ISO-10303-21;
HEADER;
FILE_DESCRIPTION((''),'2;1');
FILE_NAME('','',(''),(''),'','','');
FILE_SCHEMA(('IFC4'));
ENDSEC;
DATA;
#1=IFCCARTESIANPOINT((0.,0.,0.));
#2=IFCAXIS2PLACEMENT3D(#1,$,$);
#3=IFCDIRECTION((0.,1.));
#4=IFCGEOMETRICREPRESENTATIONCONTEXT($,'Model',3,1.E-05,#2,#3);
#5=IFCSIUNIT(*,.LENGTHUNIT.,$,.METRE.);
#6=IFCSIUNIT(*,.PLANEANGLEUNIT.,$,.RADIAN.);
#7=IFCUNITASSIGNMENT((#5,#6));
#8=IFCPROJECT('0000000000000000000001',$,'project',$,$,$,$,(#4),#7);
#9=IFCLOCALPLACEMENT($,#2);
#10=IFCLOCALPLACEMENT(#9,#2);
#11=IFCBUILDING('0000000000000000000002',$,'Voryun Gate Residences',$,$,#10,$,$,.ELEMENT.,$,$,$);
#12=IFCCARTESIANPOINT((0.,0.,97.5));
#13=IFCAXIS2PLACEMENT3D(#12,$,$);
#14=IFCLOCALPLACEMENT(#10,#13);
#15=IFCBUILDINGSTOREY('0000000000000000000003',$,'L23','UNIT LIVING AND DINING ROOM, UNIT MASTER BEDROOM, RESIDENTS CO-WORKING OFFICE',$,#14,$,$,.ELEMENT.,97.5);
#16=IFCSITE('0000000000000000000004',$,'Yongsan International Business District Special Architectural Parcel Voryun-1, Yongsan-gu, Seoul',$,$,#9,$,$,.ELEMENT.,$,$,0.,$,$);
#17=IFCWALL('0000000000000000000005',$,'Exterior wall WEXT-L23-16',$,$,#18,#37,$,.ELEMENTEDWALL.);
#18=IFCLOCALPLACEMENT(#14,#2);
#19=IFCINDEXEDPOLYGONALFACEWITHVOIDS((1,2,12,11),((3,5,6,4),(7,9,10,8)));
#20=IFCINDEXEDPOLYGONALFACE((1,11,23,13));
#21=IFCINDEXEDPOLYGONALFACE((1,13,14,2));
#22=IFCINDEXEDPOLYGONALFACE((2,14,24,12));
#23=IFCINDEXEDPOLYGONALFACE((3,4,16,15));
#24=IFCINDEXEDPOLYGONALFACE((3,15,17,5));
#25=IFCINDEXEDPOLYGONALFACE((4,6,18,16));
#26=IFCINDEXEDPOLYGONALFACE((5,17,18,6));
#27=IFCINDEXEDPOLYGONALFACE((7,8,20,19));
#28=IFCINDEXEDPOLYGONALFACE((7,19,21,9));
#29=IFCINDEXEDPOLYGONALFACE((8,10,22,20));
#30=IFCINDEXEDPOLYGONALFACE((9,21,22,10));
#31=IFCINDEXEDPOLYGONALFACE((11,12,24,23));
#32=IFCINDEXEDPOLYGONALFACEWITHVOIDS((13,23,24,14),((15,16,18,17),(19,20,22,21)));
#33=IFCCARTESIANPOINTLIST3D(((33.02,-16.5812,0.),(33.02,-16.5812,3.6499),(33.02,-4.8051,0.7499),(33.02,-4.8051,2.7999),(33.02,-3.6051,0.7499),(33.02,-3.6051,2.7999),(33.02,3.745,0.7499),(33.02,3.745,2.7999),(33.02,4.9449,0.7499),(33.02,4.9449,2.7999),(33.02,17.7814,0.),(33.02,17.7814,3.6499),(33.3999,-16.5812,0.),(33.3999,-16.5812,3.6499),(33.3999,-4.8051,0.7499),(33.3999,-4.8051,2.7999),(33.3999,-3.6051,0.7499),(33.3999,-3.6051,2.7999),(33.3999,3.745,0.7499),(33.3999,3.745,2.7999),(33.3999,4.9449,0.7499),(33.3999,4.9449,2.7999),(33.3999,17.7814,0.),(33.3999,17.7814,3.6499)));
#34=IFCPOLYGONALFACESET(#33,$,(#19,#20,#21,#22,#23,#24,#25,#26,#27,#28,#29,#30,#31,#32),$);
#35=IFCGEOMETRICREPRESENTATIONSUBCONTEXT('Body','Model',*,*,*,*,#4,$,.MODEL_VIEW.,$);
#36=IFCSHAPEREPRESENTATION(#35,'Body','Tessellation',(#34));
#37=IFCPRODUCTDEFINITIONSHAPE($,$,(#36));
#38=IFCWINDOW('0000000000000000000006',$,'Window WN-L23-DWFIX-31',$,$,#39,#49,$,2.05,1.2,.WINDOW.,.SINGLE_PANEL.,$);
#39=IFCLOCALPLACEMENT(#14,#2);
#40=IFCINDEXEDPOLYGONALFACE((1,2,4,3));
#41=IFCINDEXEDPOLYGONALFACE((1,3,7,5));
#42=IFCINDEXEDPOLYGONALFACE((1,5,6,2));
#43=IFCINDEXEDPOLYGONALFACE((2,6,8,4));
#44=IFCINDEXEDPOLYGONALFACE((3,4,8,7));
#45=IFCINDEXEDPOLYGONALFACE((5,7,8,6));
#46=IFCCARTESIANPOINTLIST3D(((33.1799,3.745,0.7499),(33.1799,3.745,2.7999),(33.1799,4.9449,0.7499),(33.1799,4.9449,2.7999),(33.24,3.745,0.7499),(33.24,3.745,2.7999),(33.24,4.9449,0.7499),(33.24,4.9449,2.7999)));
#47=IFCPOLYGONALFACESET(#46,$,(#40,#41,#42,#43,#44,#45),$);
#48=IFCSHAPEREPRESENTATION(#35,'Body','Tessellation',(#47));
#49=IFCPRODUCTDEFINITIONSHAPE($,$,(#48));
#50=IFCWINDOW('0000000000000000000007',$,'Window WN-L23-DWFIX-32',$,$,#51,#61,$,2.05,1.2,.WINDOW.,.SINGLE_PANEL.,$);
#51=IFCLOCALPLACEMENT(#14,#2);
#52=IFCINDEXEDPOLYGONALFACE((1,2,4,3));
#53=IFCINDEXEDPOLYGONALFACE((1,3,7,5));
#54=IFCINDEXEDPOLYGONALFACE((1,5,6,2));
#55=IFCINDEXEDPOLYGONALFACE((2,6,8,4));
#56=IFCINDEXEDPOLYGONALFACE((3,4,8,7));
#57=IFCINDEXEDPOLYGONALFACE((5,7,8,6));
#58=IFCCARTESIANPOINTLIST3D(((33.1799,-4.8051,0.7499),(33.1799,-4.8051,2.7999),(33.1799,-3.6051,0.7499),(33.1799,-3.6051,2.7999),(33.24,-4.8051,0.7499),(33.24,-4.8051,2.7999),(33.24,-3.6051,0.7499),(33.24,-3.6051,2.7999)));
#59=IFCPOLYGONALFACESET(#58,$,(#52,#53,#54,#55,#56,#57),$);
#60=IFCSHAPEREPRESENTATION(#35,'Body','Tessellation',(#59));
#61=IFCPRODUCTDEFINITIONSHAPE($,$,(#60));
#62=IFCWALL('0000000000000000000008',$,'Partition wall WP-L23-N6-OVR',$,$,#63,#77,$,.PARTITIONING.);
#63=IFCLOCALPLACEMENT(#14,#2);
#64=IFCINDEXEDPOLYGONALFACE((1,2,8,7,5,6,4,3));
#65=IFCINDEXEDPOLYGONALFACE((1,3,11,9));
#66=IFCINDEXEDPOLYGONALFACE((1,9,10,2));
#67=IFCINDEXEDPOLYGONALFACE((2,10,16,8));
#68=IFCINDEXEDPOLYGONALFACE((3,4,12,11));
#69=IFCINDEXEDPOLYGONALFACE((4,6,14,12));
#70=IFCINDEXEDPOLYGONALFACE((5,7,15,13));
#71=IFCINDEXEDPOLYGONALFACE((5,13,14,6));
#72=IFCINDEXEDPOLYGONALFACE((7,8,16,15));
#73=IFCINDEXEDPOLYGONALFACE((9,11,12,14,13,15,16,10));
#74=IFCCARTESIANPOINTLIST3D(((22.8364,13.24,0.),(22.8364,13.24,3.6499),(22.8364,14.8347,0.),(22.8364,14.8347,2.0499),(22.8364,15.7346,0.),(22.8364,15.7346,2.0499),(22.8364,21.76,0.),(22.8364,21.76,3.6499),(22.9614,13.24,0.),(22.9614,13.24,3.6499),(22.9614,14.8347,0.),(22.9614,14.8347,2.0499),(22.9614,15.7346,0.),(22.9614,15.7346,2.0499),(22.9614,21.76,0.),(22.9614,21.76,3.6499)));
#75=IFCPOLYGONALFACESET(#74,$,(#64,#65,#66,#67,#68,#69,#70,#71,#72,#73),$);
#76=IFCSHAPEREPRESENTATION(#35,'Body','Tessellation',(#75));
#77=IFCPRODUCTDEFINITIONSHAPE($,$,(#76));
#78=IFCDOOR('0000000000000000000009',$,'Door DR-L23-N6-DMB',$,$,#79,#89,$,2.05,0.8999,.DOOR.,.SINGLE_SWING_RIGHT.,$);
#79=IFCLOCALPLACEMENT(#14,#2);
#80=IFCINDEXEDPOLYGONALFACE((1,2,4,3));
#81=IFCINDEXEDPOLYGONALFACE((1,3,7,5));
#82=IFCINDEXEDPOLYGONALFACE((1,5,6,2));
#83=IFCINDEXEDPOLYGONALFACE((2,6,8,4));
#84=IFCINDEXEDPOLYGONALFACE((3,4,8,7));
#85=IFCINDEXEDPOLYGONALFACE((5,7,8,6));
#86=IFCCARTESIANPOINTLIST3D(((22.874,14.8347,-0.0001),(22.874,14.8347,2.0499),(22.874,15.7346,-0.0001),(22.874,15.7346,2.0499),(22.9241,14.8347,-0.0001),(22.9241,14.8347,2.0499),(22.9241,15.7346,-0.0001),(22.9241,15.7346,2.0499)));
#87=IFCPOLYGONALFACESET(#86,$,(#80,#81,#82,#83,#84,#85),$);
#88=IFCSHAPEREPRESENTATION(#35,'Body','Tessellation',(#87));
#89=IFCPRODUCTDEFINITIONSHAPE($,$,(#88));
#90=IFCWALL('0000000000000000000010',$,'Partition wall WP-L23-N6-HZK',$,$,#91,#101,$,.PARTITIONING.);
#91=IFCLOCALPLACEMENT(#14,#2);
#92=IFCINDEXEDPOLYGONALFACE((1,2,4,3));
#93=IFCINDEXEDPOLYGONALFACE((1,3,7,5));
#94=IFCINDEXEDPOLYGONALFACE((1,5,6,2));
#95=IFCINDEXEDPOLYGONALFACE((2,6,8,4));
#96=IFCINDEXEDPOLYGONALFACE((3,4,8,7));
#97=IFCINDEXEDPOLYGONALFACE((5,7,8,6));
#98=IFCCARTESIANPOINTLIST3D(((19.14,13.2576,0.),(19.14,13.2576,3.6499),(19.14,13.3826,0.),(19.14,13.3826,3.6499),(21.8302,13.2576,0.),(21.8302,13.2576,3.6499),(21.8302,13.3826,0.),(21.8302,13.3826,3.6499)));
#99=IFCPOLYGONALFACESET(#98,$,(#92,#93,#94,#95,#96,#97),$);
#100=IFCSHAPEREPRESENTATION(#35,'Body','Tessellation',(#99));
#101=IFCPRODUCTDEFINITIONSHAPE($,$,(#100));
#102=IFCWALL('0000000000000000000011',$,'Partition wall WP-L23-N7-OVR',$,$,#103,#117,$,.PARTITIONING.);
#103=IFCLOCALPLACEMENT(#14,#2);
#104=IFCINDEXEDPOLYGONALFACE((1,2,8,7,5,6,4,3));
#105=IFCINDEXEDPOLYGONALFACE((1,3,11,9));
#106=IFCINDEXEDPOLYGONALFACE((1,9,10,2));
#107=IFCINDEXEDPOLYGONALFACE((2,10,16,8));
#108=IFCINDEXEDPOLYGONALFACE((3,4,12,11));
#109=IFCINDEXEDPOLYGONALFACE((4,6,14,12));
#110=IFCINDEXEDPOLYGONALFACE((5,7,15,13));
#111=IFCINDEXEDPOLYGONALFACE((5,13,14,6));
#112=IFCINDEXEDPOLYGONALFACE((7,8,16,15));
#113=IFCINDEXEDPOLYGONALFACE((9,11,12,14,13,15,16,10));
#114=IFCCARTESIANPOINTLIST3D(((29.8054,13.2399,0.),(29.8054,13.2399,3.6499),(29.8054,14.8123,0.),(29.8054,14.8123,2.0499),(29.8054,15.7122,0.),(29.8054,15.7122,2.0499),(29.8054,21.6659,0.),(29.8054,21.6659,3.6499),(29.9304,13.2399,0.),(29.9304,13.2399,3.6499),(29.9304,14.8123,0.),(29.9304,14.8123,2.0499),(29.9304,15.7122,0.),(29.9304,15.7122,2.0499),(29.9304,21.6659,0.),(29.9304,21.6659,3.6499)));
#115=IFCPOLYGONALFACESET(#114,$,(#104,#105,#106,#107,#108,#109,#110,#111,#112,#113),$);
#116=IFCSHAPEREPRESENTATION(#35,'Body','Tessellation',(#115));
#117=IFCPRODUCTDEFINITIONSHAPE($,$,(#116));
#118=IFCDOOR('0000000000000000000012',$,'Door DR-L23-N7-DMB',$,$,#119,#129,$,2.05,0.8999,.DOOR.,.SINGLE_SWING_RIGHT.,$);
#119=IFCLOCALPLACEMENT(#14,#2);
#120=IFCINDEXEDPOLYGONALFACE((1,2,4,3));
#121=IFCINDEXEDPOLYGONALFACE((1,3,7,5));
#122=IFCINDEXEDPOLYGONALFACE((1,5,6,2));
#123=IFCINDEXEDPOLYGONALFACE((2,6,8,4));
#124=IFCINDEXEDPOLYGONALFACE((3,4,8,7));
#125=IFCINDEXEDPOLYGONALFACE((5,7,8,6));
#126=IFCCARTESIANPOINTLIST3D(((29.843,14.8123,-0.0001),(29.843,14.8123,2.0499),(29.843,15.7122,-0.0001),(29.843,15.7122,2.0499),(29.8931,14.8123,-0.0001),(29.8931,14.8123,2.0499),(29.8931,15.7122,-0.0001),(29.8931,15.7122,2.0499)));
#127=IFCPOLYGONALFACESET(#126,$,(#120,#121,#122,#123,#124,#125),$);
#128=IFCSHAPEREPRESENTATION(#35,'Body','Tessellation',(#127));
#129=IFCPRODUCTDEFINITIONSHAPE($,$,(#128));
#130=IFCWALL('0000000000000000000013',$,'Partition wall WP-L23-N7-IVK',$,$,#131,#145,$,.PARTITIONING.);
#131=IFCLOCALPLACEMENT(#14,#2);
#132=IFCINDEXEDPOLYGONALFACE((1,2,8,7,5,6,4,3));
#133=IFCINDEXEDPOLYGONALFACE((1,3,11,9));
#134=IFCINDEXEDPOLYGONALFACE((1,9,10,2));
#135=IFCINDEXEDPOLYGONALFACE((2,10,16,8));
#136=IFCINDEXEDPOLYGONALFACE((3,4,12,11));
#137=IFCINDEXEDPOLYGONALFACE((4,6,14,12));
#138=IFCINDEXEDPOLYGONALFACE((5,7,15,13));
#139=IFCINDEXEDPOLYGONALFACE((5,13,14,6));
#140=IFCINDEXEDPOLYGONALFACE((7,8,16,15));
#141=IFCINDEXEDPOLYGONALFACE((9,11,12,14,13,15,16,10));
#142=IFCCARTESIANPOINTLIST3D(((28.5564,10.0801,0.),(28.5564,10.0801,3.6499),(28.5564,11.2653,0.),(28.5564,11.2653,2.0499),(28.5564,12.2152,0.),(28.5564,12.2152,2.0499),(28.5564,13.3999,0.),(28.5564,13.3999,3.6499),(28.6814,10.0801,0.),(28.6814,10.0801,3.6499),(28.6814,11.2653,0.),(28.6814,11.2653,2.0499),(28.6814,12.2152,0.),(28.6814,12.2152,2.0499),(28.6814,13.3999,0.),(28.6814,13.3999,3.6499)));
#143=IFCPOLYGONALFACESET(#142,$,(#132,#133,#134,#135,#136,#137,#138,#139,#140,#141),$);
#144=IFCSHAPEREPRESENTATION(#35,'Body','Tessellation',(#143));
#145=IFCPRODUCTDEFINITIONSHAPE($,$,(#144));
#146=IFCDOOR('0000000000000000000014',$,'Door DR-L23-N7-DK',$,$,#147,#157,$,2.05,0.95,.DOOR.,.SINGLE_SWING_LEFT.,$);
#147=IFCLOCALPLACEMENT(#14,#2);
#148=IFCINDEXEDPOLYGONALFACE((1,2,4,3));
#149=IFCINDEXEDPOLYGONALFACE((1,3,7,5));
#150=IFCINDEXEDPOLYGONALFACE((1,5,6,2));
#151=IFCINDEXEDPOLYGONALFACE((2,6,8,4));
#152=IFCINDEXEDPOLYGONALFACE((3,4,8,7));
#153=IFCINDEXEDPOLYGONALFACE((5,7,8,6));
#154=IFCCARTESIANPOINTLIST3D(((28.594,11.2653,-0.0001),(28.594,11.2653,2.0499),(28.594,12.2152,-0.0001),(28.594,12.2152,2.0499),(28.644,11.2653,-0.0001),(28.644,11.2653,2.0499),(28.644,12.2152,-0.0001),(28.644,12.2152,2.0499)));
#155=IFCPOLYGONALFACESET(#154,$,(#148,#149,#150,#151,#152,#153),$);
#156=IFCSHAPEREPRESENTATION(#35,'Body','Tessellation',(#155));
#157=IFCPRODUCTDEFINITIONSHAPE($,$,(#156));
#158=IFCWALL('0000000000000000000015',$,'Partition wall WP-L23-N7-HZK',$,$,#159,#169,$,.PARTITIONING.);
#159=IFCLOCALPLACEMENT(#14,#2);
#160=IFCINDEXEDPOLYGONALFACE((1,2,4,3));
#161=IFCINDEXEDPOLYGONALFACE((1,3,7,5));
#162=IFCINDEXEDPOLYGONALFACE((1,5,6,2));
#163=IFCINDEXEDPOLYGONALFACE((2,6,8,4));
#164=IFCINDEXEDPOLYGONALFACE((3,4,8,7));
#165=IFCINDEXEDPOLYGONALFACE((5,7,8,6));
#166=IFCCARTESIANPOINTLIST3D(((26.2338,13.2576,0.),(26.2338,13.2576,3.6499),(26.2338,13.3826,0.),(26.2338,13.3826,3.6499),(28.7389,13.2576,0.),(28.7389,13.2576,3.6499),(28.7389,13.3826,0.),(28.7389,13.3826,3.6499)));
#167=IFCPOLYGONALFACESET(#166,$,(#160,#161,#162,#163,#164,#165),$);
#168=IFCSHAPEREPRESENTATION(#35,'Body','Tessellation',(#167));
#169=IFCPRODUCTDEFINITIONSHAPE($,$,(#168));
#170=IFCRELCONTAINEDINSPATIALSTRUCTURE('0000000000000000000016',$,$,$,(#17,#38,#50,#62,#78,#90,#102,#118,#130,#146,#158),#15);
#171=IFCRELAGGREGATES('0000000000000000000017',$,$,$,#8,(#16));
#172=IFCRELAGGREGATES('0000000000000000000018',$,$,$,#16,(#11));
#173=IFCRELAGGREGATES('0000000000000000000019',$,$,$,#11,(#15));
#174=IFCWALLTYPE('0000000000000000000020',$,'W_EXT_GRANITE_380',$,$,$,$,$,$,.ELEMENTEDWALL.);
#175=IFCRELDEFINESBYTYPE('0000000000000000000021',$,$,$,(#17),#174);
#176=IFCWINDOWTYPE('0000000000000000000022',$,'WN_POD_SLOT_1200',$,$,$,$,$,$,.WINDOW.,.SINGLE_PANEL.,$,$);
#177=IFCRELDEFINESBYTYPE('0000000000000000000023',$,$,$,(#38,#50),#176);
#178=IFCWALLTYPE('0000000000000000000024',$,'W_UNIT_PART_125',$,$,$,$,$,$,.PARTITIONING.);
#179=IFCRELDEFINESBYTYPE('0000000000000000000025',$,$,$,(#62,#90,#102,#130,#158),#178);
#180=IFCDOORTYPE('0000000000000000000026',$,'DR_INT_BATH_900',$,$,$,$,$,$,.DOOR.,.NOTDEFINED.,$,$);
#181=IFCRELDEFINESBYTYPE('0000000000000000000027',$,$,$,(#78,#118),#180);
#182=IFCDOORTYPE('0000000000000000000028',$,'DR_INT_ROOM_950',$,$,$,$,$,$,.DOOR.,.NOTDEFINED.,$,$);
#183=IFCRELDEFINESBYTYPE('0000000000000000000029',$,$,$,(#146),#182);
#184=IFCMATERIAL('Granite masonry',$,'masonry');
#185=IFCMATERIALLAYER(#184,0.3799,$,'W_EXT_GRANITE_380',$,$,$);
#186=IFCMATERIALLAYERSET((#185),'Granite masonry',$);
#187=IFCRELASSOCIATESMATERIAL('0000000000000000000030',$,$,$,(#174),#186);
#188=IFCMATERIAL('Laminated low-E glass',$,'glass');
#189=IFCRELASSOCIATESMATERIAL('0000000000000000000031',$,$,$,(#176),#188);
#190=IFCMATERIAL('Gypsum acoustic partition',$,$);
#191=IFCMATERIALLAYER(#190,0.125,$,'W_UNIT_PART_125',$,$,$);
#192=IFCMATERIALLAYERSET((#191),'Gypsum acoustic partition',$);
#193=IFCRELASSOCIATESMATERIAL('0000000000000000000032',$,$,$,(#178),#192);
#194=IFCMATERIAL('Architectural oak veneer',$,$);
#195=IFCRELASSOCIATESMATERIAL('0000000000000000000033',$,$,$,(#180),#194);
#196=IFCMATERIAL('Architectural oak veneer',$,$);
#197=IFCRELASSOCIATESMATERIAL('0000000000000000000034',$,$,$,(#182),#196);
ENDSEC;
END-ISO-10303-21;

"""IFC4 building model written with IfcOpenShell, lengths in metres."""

from ifc_helpers import new_model, si_unit, direction, frame, frame_2d, origin, place, context, subcontext, project, spatial, rectangle, extrude, material, layer, layer_set, type_object, element, fill, save


model = new_model("IFC4")

# Units and contexts
model_context = context("Model", 3, precision=1e-05, world=origin(), true_north=direction((0.0, 1.0)))
body_context = subcontext(model_context, "Body", "Model", "MODEL_VIEW")
ifc_project = project(units=[si_unit("LENGTHUNIT", "METRE"), si_unit("PLANEANGLEUNIT", "RADIAN")], contexts=[model_context])

# Site, building, storey
site_placement = place(None, origin())
site = spatial("IfcSite", under=ifc_project, at=site_placement, Name="Yongsan International Business District Special Architectural Parcel Voryun-1, Yongsan-gu, Seoul", CompositionType="ELEMENT", RefElevation=0.0)
building_placement = place(site_placement, origin())
building = spatial("IfcBuilding", under=site, at=building_placement, Name="Voryun Gate Residences", CompositionType="ELEMENT")
storey_placement = place(building_placement, frame((0.0, 0.0, 97.5)))
storey = spatial("IfcBuildingStorey", under=building, at=storey_placement, Name="L23", Description="UNIT LIVING AND DINING ROOM, UNIT MASTER BEDROOM, RESIDENTS CO-WORKING OFFICE", CompositionType="ELEMENT", Elevation=97.5)

# Shared definitions
ifc_material_1 = material(Name="Granite masonry", Category="masonry")
ifc_layer_1 = layer(ifc_material_1, 0.3799, Name="W_EXT_GRANITE_380")
ifc_layer_set_1 = layer_set([ifc_layer_1], Name="Granite masonry")
wall_type_1 = type_object("IfcWallType", Name="W_EXT_GRANITE_380", PredefinedType="ELEMENTEDWALL", material=ifc_layer_set_1)

# Wall, openings, windows
wall_1_placement = place(storey_placement, frame((33.21, 17.7812, 0.0), z_axis=(0.0, 0.0, 1.0), x_axis=(0.0, -1.0, 0.0)))
wall_1 = element("IfcWall", 1, at=wall_1_placement, inside=storey, type_object=wall_type_1, Name="Exterior wall WEXT-L23-16", PredefinedType="ELEMENTEDWALL", context=body_context, shape_type="SweptSolid", body=[
    extrude(rectangle(XDim=34.3625, YDim=0.3799, at=frame_2d((17.1812, 0.0))), origin(), (0.0, 0.0, 1.0), 3.6499),
])
opening_1_placement = place(wall_1_placement, frame((12.8362, 0.0, 0.75)))
opening_1 = element("IfcOpeningElement", 2, at=opening_1_placement, cuts=wall_1, PredefinedType="OPENING", context=body_context, shape_type="SweptSolid", body=[
    extrude(rectangle(XDim=1.2, YDim=2.05, at=frame_2d((0.6001, 1.0249))), frame((0.0, 0.2, 0.0), z_axis=(0.0, -1.0, 0.0), x_axis=(1.0, 0.0, 0.0)), (0.0, 0.0, 1.0), 0.3999),
])
opening_2_placement = place(wall_1_placement, frame((21.3862, 0.0, 0.75)))
opening_2 = element("IfcOpeningElement", 3, at=opening_2_placement, cuts=wall_1, PredefinedType="OPENING", context=body_context, shape_type="SweptSolid", body=[
    extrude(rectangle(XDim=1.2, YDim=2.05, at=frame_2d((0.6001, 1.0249))), frame((0.0, 0.2, 0.0), z_axis=(0.0, -1.0, 0.0), x_axis=(1.0, 0.0, 0.0)), (0.0, 0.0, 1.0), 0.3999),
])
ifc_material_2 = material(Name="Laminated low-E glass", Category="glass")
window_type_1 = type_object("IfcWindowType", Name="WN_POD_SLOT_1200", PartitioningType="SINGLE_PANEL", PredefinedType="WINDOW", material=ifc_material_2)
window_1_placement = place(opening_1_placement, origin())
window_1 = element("IfcWindow", 4, at=window_1_placement, inside=storey, type_object=window_type_1, Name="Window WN-L23-DWFIX-31", OverallHeight=2.05, OverallWidth=1.2, PartitioningType="SINGLE_PANEL", PredefinedType="WINDOW", context=body_context, shape_type="SweptSolid", body=[
    extrude(rectangle(XDim=1.2, YDim=2.05, at=frame_2d((0.6001, 1.0249))), frame((0.0, 0.03, 0.0), z_axis=(0.0, -1.0, 0.0), x_axis=(1.0, 0.0, 0.0)), (0.0, 0.0, 1.0), 0.0601),
])
fill(opening_1, window_1)
window_2_placement = place(opening_2_placement, origin())
window_2 = element("IfcWindow", 5, at=window_2_placement, inside=storey, type_object=window_type_1, Name="Window WN-L23-DWFIX-32", OverallHeight=2.05, OverallWidth=1.2, PartitioningType="SINGLE_PANEL", PredefinedType="WINDOW", context=body_context, shape_type="SweptSolid", body=[
    extrude(rectangle(XDim=1.2, YDim=2.05, at=frame_2d((0.6001, 1.0249))), frame((0.0, 0.03, 0.0), z_axis=(0.0, -1.0, 0.0), x_axis=(1.0, 0.0, 0.0)), (0.0, 0.0, 1.0), 0.0601),
])
fill(opening_2, window_2)

# Wall, opening, door
ifc_material_3 = material(Name="Gypsum acoustic partition")
ifc_layer_2 = layer(ifc_material_3, 0.125, Name="W_UNIT_PART_125")
ifc_layer_set_2 = layer_set([ifc_layer_2], Name="Gypsum acoustic partition")
wall_type_2 = type_object("IfcWallType", Name="W_UNIT_PART_125", PredefinedType="PARTITIONING", material=ifc_layer_set_2)
wall_2_placement = place(storey_placement, frame((22.8989, 13.24, 0.0), z_axis=(0.0, 0.0, 1.0), x_axis=(0.0, 1.0, 0.0)))
wall_2 = element("IfcWall", 6, at=wall_2_placement, inside=storey, type_object=wall_type_2, Name="Partition wall WP-L23-N6-OVR", PredefinedType="PARTITIONING", context=body_context, shape_type="SweptSolid", body=[
    extrude(rectangle(XDim=8.52, YDim=0.125, at=frame_2d((4.26, 0.0))), origin(), (0.0, 0.0, 1.0), 3.6499),
])
opening_3_placement = place(wall_2_placement, frame((1.5947, 0.0, 0.0)))
opening_3 = element("IfcOpeningElement", 7, at=opening_3_placement, cuts=wall_2, PredefinedType="OPENING", context=body_context, shape_type="SweptSolid", body=[
    extrude(rectangle(XDim=0.8999, YDim=2.05, at=frame_2d((0.45, 1.0249))), frame((0.0, 0.0725, 0.0), z_axis=(0.0, -1.0, 0.0), x_axis=(1.0, 0.0, 0.0)), (0.0, 0.0, 1.0), 0.145),
])
ifc_material_4 = material(Name="Architectural oak veneer")
door_type_1 = type_object("IfcDoorType", Name="DR_INT_BATH_900", OperationType="NOTDEFINED", PredefinedType="DOOR", material=ifc_material_4)
door_1_placement = place(opening_3_placement, origin())
door_1 = element("IfcDoor", 8, at=door_1_placement, inside=storey, type_object=door_type_1, Name="Door DR-L23-N6-DMB", OperationType="SINGLE_SWING_RIGHT", OverallHeight=2.05, OverallWidth=0.8999, PredefinedType="DOOR", context=body_context, shape_type="SweptSolid", body=[
    extrude(rectangle(XDim=0.8999, YDim=2.05, at=frame_2d((0.45, 1.0249))), frame((0.0, 0.0249, 0.0), z_axis=(0.0, -1.0, 0.0), x_axis=(1.0, 0.0, 0.0)), (0.0, 0.0, 1.0), 0.05),
])
fill(opening_3, door_1)

# Wall
wall_3_placement = place(storey_placement, frame((19.1399, 13.3201, 0.0), z_axis=(0.0, 0.0, 1.0), x_axis=(1.0, 0.0, 0.0)))
element("IfcWall", 9, at=wall_3_placement, inside=storey, type_object=wall_type_2, Name="Partition wall WP-L23-N6-HZK", PredefinedType="PARTITIONING", context=body_context, shape_type="SweptSolid", body=[
    extrude(rectangle(XDim=2.6902, YDim=0.125, at=frame_2d((1.3452, 0.0))), origin(), (0.0, 0.0, 1.0), 3.6499),
])

# Walls, openings, doors
wall_4_placement = place(storey_placement, frame((29.8679, 13.24, 0.0), z_axis=(0.0, 0.0, 1.0), x_axis=(0.0, 1.0, 0.0)))
wall_4 = element("IfcWall", 10, at=wall_4_placement, inside=storey, type_object=wall_type_2, Name="Partition wall WP-L23-N7-OVR", PredefinedType="PARTITIONING", context=body_context, shape_type="SweptSolid", body=[
    extrude(rectangle(XDim=8.426, YDim=0.125, at=frame_2d((4.2129, 0.0))), origin(), (0.0, 0.0, 1.0), 3.6499),
])
opening_4_placement = place(wall_4_placement, frame((1.5723, 0.0, 0.0)))
opening_4 = element("IfcOpeningElement", 11, at=opening_4_placement, cuts=wall_4, PredefinedType="OPENING", context=body_context, shape_type="SweptSolid", body=[
    extrude(rectangle(XDim=0.8999, YDim=2.05, at=frame_2d((0.45, 1.0249))), frame((0.0, 0.0725, 0.0), z_axis=(0.0, -1.0, 0.0), x_axis=(1.0, 0.0, 0.0)), (0.0, 0.0, 1.0), 0.145),
])
door_2_placement = place(opening_4_placement, origin())
door_2 = element("IfcDoor", 12, at=door_2_placement, inside=storey, type_object=door_type_1, Name="Door DR-L23-N7-DMB", OperationType="SINGLE_SWING_RIGHT", OverallHeight=2.05, OverallWidth=0.8999, PredefinedType="DOOR", context=body_context, shape_type="SweptSolid", body=[
    extrude(rectangle(XDim=0.8999, YDim=2.05, at=frame_2d((0.45, 1.0249))), frame((0.0, 0.0249, 0.0), z_axis=(0.0, -1.0, 0.0), x_axis=(1.0, 0.0, 0.0)), (0.0, 0.0, 1.0), 0.05),
])
fill(opening_4, door_2)
wall_5_placement = place(storey_placement, frame((28.6189, 10.0801, 0.0), z_axis=(0.0, 0.0, 1.0), x_axis=(0.0, 1.0, 0.0)))
wall_5 = element("IfcWall", 13, at=wall_5_placement, inside=storey, type_object=wall_type_2, Name="Partition wall WP-L23-N7-IVK", PredefinedType="PARTITIONING", context=body_context, shape_type="SweptSolid", body=[
    extrude(rectangle(XDim=3.3198, YDim=0.125, at=frame_2d((1.6599, 0.0))), origin(), (0.0, 0.0, 1.0), 3.6499),
])
opening_5_placement = place(wall_5_placement, frame((1.1851, 0.0, 0.0)))
opening_5 = element("IfcOpeningElement", 14, at=opening_5_placement, cuts=wall_5, PredefinedType="OPENING", context=body_context, shape_type="SweptSolid", body=[
    extrude(rectangle(XDim=0.95, YDim=2.05, at=frame_2d((0.4751, 1.0249))), frame((0.0, 0.0725, 0.0), z_axis=(0.0, -1.0, 0.0), x_axis=(1.0, 0.0, 0.0)), (0.0, 0.0, 1.0), 0.145),
])
ifc_material_5 = material(Name="Architectural oak veneer")
door_type_2 = type_object("IfcDoorType", Name="DR_INT_ROOM_950", OperationType="NOTDEFINED", PredefinedType="DOOR", material=ifc_material_5)
door_3_placement = place(opening_5_placement, origin())
door_3 = element("IfcDoor", 15, at=door_3_placement, inside=storey, type_object=door_type_2, Name="Door DR-L23-N7-DK", OperationType="SINGLE_SWING_LEFT", OverallHeight=2.05, OverallWidth=0.95, PredefinedType="DOOR", context=body_context, shape_type="SweptSolid", body=[
    extrude(rectangle(XDim=0.95, YDim=2.05, at=frame_2d((0.4751, 1.0249))), frame((0.0, 0.0249, 0.0), z_axis=(0.0, -1.0, 0.0), x_axis=(1.0, 0.0, 0.0)), (0.0, 0.0, 1.0), 0.05),
])
fill(opening_5, door_3)

# Wall
wall_6_placement = place(storey_placement, frame((26.2339, 13.3201, 0.0), z_axis=(0.0, 0.0, 1.0), x_axis=(1.0, 0.0, 0.0)))
element("IfcWall", 16, at=wall_6_placement, inside=storey, type_object=wall_type_2, Name="Partition wall WP-L23-N7-HZK", PredefinedType="PARTITIONING", context=body_context, shape_type="SweptSolid", body=[
    extrude(rectangle(XDim=2.5051, YDim=0.125, at=frame_2d((1.2524, 0.0))), origin(), (0.0, 0.0, 1.0), 3.6499),
])

save(model, "model.ifc")
